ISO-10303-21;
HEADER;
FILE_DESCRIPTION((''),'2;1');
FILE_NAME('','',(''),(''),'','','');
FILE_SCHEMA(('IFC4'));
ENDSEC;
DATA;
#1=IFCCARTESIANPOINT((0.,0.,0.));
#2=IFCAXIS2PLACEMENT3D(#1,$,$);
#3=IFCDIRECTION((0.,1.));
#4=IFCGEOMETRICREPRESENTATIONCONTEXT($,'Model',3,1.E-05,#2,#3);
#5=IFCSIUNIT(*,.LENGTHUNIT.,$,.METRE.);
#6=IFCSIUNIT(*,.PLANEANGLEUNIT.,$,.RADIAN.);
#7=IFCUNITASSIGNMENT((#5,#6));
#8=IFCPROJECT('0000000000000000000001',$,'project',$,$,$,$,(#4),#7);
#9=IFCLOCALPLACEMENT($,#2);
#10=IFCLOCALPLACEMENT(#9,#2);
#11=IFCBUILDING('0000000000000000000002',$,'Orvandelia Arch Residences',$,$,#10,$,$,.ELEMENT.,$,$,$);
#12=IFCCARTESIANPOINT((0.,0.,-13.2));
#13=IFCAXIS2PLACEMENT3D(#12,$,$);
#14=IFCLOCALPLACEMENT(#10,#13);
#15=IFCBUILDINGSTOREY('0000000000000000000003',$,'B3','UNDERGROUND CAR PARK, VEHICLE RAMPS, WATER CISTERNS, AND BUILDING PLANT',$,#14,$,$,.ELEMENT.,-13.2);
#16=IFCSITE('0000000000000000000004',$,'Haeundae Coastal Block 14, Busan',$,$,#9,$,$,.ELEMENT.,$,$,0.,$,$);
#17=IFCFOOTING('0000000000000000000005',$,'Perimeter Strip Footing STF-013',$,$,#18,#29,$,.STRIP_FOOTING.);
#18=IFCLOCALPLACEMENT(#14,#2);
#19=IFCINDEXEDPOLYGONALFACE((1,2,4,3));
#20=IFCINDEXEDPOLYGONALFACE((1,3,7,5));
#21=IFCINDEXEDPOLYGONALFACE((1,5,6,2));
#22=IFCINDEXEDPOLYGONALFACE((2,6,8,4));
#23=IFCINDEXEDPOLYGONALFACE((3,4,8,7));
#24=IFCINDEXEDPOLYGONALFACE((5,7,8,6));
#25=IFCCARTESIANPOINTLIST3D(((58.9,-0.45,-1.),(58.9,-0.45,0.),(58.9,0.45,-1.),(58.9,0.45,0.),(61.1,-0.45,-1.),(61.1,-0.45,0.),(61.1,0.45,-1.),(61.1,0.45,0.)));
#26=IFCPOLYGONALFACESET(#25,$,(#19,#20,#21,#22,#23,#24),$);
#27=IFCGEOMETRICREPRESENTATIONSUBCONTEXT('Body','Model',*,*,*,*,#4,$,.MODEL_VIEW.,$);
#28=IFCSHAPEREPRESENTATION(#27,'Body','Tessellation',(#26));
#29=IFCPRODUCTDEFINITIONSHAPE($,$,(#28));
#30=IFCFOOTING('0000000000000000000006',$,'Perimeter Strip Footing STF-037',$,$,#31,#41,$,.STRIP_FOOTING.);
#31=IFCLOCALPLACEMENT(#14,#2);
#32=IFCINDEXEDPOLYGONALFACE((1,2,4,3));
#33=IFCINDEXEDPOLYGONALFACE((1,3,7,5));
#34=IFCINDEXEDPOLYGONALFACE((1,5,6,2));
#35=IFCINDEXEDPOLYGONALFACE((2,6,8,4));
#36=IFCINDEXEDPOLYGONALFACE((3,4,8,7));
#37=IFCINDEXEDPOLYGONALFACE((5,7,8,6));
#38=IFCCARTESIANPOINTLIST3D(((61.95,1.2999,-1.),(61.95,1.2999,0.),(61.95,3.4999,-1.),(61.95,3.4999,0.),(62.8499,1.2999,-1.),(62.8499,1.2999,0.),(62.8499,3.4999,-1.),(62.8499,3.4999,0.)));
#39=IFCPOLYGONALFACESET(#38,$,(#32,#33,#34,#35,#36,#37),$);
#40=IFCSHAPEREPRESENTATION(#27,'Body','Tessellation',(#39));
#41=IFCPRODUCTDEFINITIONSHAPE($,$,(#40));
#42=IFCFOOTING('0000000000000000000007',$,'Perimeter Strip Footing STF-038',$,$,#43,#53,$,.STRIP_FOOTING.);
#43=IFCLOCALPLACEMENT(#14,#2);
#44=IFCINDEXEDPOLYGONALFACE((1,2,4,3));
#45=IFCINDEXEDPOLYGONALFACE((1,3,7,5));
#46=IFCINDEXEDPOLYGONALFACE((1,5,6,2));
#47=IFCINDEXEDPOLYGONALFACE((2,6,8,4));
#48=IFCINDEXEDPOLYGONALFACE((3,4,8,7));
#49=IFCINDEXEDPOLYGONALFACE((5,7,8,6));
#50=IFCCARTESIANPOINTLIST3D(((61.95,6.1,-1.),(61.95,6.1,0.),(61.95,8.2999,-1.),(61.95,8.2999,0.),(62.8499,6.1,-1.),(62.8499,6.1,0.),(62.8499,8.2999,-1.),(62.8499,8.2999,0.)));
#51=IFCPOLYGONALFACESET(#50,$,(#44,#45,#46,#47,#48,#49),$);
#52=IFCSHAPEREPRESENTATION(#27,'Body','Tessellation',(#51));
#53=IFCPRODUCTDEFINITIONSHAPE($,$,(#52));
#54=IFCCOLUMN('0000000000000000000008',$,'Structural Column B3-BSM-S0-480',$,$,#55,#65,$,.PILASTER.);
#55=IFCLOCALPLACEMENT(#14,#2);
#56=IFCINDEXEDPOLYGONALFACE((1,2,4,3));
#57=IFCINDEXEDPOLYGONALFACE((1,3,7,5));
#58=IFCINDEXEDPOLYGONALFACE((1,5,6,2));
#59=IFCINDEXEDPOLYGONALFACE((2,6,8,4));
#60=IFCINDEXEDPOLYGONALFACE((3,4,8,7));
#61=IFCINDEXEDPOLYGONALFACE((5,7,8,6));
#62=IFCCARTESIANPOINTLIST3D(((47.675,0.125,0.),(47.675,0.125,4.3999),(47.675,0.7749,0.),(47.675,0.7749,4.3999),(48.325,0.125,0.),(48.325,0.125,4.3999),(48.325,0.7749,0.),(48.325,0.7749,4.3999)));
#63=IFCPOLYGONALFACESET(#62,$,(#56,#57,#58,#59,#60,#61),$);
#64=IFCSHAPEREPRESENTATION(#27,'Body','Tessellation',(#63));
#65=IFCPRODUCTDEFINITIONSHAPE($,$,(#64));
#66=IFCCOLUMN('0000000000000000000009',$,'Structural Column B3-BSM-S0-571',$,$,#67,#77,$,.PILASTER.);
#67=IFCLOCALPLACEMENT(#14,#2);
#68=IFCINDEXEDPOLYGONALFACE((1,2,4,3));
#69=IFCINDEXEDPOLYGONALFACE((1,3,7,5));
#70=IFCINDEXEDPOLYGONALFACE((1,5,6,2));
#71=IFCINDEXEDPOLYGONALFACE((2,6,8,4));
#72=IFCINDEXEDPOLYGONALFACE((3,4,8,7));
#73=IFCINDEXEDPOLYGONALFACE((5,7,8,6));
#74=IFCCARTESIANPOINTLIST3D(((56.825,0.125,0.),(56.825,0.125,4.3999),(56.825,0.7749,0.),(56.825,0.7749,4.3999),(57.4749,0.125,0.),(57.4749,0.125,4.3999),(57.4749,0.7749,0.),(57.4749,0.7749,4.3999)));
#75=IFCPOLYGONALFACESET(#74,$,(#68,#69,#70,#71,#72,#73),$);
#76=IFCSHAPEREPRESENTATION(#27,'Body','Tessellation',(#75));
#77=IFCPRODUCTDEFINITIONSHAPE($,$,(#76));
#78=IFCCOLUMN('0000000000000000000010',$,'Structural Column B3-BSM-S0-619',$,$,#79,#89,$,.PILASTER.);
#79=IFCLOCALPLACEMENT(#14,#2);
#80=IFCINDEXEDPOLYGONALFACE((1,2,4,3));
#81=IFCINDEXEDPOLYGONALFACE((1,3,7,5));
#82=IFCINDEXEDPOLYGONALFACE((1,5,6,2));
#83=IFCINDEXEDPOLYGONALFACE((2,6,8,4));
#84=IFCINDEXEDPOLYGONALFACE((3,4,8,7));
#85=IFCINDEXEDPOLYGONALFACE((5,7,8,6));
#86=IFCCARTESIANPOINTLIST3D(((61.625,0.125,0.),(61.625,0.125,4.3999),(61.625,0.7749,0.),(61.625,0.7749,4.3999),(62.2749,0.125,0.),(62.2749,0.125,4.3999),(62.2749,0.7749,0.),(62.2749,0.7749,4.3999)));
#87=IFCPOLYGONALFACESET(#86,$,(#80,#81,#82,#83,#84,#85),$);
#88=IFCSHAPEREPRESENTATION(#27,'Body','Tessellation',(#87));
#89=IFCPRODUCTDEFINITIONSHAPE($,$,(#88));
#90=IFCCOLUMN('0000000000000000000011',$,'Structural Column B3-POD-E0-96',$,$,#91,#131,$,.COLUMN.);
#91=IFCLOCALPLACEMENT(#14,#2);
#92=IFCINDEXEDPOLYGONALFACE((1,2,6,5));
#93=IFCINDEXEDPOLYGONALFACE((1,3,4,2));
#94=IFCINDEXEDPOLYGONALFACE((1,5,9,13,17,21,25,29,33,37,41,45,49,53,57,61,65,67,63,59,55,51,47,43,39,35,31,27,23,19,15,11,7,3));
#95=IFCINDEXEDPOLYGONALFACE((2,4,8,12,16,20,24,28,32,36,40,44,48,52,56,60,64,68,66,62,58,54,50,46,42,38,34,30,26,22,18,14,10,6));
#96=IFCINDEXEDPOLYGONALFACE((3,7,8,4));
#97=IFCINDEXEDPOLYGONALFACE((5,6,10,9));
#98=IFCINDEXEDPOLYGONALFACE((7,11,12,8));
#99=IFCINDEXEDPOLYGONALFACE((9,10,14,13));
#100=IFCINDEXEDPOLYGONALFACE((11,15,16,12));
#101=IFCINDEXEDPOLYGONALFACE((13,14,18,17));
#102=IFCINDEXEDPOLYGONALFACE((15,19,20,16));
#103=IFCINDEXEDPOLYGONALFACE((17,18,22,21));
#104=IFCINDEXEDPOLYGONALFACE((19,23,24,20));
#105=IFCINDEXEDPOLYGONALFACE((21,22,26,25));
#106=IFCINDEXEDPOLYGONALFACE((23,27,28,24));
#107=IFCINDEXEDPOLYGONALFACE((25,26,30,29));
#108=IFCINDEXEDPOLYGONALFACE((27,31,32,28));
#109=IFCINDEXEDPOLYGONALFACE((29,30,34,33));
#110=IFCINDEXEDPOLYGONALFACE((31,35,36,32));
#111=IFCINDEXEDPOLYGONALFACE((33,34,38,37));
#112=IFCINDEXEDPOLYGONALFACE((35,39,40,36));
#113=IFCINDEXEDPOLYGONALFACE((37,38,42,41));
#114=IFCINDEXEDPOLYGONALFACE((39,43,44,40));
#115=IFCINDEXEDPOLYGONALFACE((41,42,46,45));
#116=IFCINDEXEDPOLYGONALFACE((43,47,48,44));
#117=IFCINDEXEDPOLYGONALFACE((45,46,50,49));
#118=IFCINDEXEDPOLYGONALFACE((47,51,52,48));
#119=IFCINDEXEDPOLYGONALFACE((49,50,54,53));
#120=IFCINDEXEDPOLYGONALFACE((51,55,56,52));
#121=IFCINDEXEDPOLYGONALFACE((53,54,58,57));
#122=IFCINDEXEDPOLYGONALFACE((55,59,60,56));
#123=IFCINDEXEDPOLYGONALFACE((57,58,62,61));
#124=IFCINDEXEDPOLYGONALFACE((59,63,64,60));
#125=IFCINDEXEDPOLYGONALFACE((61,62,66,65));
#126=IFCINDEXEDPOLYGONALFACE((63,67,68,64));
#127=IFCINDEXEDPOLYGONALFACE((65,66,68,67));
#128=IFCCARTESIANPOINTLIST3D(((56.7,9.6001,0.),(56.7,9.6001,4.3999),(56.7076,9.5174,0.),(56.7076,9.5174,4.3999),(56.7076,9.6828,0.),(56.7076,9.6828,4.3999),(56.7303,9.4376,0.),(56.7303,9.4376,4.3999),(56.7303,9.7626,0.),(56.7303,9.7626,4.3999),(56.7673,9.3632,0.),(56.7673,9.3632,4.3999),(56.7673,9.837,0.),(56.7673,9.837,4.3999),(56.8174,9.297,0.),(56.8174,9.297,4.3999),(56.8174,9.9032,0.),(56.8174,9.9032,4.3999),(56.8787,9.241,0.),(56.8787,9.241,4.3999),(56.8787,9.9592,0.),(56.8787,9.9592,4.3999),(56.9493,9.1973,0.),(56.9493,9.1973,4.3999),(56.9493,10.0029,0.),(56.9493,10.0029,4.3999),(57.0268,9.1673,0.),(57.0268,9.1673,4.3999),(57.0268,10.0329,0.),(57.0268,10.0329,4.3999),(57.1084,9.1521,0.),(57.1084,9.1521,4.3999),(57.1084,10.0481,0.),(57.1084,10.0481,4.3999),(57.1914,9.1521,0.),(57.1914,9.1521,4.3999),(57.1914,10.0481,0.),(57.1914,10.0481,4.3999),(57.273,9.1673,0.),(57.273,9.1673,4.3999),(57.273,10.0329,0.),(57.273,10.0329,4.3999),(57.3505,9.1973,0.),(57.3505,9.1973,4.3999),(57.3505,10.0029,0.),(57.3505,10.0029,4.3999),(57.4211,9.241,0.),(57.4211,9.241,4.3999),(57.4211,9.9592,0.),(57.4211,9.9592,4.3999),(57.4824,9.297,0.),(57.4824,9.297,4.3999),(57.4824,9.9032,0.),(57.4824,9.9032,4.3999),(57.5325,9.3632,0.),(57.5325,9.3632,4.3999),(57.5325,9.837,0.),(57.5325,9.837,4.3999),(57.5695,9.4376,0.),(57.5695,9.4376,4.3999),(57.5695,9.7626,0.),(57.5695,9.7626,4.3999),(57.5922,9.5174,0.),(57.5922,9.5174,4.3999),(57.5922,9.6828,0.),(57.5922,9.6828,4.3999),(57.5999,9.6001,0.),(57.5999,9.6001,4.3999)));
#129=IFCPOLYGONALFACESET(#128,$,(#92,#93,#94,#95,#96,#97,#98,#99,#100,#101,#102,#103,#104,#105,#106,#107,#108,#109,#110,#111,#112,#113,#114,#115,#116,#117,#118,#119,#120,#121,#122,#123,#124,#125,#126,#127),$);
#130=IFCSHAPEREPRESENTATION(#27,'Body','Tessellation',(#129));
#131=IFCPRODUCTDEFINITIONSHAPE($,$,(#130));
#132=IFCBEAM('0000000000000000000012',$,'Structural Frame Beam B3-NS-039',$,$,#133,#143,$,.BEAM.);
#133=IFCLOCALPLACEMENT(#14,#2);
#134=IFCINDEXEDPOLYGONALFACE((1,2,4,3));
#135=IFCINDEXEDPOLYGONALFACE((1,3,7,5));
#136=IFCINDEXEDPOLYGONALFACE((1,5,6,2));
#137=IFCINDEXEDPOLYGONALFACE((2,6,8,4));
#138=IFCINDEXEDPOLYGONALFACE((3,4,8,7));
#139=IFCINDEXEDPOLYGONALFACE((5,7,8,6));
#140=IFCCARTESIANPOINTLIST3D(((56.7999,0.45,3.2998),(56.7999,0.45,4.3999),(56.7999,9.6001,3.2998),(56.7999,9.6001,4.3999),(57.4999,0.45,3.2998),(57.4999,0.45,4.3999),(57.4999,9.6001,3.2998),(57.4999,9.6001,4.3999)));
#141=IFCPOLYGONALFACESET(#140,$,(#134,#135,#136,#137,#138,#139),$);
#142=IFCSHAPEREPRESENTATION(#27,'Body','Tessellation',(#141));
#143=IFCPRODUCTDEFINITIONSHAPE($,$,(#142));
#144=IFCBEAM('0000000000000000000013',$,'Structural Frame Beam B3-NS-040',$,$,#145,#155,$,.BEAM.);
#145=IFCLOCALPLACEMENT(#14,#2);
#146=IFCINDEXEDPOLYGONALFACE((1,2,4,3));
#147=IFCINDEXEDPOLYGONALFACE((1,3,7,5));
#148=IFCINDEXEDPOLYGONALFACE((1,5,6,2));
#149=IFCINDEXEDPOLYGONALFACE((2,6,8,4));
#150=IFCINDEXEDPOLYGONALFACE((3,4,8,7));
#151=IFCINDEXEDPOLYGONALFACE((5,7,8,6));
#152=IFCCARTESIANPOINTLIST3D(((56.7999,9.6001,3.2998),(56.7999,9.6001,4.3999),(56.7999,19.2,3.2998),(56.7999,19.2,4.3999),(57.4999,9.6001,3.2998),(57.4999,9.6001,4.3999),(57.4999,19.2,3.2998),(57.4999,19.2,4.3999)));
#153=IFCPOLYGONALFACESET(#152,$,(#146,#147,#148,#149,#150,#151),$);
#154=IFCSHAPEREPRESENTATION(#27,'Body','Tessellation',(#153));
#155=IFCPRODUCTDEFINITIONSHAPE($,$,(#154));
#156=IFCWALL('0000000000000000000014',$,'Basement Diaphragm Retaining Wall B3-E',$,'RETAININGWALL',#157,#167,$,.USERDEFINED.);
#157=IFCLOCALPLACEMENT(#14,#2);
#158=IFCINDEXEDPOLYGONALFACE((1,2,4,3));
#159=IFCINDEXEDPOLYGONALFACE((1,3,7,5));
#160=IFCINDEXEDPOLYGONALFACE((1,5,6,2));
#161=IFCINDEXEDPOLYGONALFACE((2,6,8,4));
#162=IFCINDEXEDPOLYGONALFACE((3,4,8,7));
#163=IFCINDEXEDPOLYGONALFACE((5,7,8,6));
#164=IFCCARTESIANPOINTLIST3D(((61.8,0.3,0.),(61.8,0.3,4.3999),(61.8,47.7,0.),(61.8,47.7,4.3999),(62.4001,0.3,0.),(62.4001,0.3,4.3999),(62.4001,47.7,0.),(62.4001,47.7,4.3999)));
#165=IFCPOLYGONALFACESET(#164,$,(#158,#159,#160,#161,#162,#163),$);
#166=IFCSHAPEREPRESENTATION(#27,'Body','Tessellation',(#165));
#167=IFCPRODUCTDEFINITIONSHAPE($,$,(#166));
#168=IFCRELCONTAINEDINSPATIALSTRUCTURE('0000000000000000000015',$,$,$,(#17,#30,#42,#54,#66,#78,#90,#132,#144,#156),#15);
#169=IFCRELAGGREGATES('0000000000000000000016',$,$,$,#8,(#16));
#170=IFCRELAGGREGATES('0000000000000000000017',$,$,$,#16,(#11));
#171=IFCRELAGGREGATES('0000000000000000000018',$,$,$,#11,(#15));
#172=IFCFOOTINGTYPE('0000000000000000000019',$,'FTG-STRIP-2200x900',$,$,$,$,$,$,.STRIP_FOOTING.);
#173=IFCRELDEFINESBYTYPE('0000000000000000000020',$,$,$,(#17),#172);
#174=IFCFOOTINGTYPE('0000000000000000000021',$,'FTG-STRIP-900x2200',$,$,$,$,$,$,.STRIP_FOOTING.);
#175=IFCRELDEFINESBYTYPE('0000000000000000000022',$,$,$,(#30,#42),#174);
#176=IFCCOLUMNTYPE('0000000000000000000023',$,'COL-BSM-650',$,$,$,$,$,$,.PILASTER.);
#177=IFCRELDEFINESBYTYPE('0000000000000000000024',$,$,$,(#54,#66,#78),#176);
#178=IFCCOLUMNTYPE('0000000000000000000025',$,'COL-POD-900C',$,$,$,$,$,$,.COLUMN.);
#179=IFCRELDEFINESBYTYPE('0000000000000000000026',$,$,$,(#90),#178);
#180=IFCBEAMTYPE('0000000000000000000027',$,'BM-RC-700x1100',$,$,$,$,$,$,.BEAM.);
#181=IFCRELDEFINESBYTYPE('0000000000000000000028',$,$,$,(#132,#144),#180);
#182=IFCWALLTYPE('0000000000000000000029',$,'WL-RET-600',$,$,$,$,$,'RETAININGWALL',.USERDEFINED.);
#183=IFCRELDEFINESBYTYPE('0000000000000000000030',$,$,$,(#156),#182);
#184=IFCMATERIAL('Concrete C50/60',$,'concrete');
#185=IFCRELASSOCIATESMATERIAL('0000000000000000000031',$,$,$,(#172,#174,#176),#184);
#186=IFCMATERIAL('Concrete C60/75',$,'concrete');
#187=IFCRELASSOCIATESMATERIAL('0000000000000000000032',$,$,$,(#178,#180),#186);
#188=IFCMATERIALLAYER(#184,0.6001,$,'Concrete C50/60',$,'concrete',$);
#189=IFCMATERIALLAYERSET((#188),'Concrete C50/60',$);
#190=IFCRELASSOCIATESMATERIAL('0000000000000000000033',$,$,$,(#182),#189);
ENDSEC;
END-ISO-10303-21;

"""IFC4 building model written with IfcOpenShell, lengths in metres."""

from ifc_helpers import new_model, si_unit, direction, frame, frame_2d, origin, origin_2d, place, context, subcontext, project, spatial, rectangle, circle, extrude, material, layer, layer_set, material_profile, profile_set, type_object, element, save


model = new_model("IFC4")

# Units and contexts
model_context = context("Model", 3, precision=1e-05, world=origin(), true_north=direction((0.0, 1.0)))
body_context = subcontext(model_context, "Body", "Model", "MODEL_VIEW")
ifc_project = project(units=[si_unit("LENGTHUNIT", "METRE"), si_unit("PLANEANGLEUNIT", "RADIAN")], contexts=[model_context])

# Site, building, storey
site_placement = place(None, origin())
site = spatial("IfcSite", under=ifc_project, at=site_placement, Name="Haeundae Coastal Block 14, Busan", CompositionType="ELEMENT", RefElevation=0.0)
building_placement = place(site_placement, origin())
building = spatial("IfcBuilding", under=site, at=building_placement, Name="Orvandelia Arch Residences", CompositionType="ELEMENT")
storey_placement = place(building_placement, frame((0.0, 0.0, -13.2)))
storey = spatial("IfcBuildingStorey", under=building, at=storey_placement, Name="B3", Description="UNDERGROUND CAR PARK, VEHICLE RAMPS, WATER CISTERNS, AND BUILDING PLANT", CompositionType="ELEMENT", Elevation=-13.2)

# Footings
ifc_material_1 = material(Name="Concrete C50/60", Category="concrete")
footing_type_1 = type_object("IfcFootingType", Name="FTG-STRIP-2200x900", PredefinedType="STRIP_FOOTING", material=ifc_material_1)
for number, where, z_axis, x_axis, name in (
    (1, (60.0, 0.0, -1.0), (0.0, 0.0, 1.0), (1.0, 0.0, 0.0), "Perimeter Strip Footing STF-013"),
):
    element("IfcFooting", number, at=place(storey_placement, frame(where, z_axis=z_axis, x_axis=x_axis)), inside=storey, type_object=footing_type_1, Name=name, PredefinedType="STRIP_FOOTING", context=body_context, shape_type="SweptSolid", body=[
        extrude(rectangle(XDim=2.2, YDim=0.8999, at=origin_2d()), origin(), (0.0, 0.0, 1.0), 1.0),
    ])
footing_type_2 = type_object("IfcFootingType", Name="FTG-STRIP-900x2200", PredefinedType="STRIP_FOOTING", material=ifc_material_1)
for number, where, z_axis, x_axis, name in (
    (2, (62.3999, 2.3999, -1.0), (0.0, 0.0, 1.0), (1.0, 0.0, 0.0), "Perimeter Strip Footing STF-037"),
    (3, (62.3999, 7.2, -1.0), (0.0, 0.0, 1.0), (1.0, 0.0, 0.0), "Perimeter Strip Footing STF-038"),
):
    element("IfcFooting", number, at=place(storey_placement, frame(where, z_axis=z_axis, x_axis=x_axis)), inside=storey, type_object=footing_type_2, Name=name, PredefinedType="STRIP_FOOTING", context=body_context, shape_type="SweptSolid", body=[
        extrude(rectangle(XDim=0.8999, YDim=2.2, at=origin_2d()), origin(), (0.0, 0.0, 1.0), 1.0),
    ])

# Columns
ifc_material_profile_1 = material_profile(ifc_material_1, rectangle(XDim=0.6499, YDim=0.6499, at=origin_2d()), Name="Concrete C50/60", Category="concrete")
ifc_profile_set_1 = profile_set([ifc_material_profile_1], Name="Concrete C50/60")
column_type_1 = type_object("IfcColumnType", Name="COL-BSM-650", PredefinedType="PILASTER", material=ifc_profile_set_1)
for number, where, z_axis, x_axis, name in (
    (4, (48.0, 0.45, 0.0), (0.0, 0.0, 1.0), (1.0, 0.0, 0.0), "Structural Column B3-BSM-S0-480"),
    (5, (57.1499, 0.45, 0.0), (0.0, 0.0, 1.0), (1.0, 0.0, 0.0), "Structural Column B3-BSM-S0-571"),
    (6, (61.95, 0.45, 0.0), (0.0, 0.0, 1.0), (1.0, 0.0, 0.0), "Structural Column B3-BSM-S0-619"),
):
    element("IfcColumn", number, at=place(storey_placement, frame(where, z_axis=z_axis, x_axis=x_axis)), inside=storey, type_object=column_type_1, Name=name, PredefinedType="PILASTER", context=body_context, shape_type="SweptSolid", body=[
        extrude(rectangle(XDim=0.6499, YDim=0.6499, at=origin_2d()), origin(), (0.0, 0.0, 1.0), 4.3999),
    ])
ifc_material_2 = material(Name="Concrete C60/75", Category="concrete")
ifc_material_profile_2 = material_profile(ifc_material_2, circle(Radius=0.45, at=origin_2d()), Name="Concrete C60/75", Category="concrete")
ifc_profile_set_2 = profile_set([ifc_material_profile_2], Name="Concrete C60/75")
column_type_2 = type_object("IfcColumnType", Name="COL-POD-900C", PredefinedType="COLUMN", material=ifc_profile_set_2)
column_placement = place(storey_placement, frame((57.1499, 9.6001, 0.0), z_axis=(0.0, 0.0, 1.0), x_axis=(1.0, 0.0, 0.0)))
element("IfcColumn", 7, at=column_placement, inside=storey, type_object=column_type_2, Name="Structural Column B3-POD-E0-96", PredefinedType="COLUMN", context=body_context, shape_type="SweptSolid", body=[
    extrude(circle(Radius=0.45, at=origin_2d()), origin(), (0.0, 0.0, 1.0), 4.3999),
])

# Beams
ifc_material_profile_3 = material_profile(ifc_material_2, rectangle(XDim=0.7, YDim=1.1001, at=origin_2d()), Name="Concrete C60/75", Category="concrete")
ifc_profile_set_3 = profile_set([ifc_material_profile_3], Name="Concrete C60/75")
beam_type = type_object("IfcBeamType", Name="BM-RC-700x1100", PredefinedType="BEAM", material=ifc_profile_set_3)
beam_1_placement = place(storey_placement, frame((57.1499, 0.45, 3.8499), z_axis=(0.0, 1.0, 0.0), x_axis=(-1.0, 0.0, 0.0)))
element("IfcBeam", 8, at=beam_1_placement, inside=storey, type_object=beam_type, Name="Structural Frame Beam B3-NS-039", PredefinedType="BEAM", context=body_context, shape_type="SweptSolid", body=[
    extrude(rectangle(XDim=0.7, YDim=1.1001, at=origin_2d()), origin(), (0.0, 0.0, 1.0), 9.1501),
])
beam_2_placement = place(storey_placement, frame((57.1499, 9.6001, 3.8499), z_axis=(0.0, 1.0, 0.0), x_axis=(-1.0, 0.0, 0.0)))
element("IfcBeam", 9, at=beam_2_placement, inside=storey, type_object=beam_type, Name="Structural Frame Beam B3-NS-040", PredefinedType="BEAM", context=body_context, shape_type="SweptSolid", body=[
    extrude(rectangle(XDim=0.7, YDim=1.1001, at=origin_2d()), origin(), (0.0, 0.0, 1.0), 9.5999),
])

# Wall
ifc_layer = layer(ifc_material_1, 0.6001, Name="Concrete C50/60", Category="concrete")
ifc_layer_set = layer_set([ifc_layer], Name="Concrete C50/60")
wall_type = type_object("IfcWallType", Name="WL-RET-600", ElementType="RETAININGWALL", PredefinedType="USERDEFINED", material=ifc_layer_set)
wall_placement = place(storey_placement, frame((62.1001, 0.3, 0.0), z_axis=(0.0, 0.0, 1.0), x_axis=(0.0, 1.0, 0.0)))
element("IfcWall", 10, at=wall_placement, inside=storey, type_object=wall_type, Name="Basement Diaphragm Retaining Wall B3-E", ObjectType="RETAININGWALL", PredefinedType="USERDEFINED", context=body_context, shape_type="SweptSolid", body=[
    extrude(rectangle(XDim=47.3999, YDim=0.6001, at=frame_2d((23.7, 0.0))), origin(), (0.0, 0.0, 1.0), 4.3999),
])

save(model, "model.ifc")
